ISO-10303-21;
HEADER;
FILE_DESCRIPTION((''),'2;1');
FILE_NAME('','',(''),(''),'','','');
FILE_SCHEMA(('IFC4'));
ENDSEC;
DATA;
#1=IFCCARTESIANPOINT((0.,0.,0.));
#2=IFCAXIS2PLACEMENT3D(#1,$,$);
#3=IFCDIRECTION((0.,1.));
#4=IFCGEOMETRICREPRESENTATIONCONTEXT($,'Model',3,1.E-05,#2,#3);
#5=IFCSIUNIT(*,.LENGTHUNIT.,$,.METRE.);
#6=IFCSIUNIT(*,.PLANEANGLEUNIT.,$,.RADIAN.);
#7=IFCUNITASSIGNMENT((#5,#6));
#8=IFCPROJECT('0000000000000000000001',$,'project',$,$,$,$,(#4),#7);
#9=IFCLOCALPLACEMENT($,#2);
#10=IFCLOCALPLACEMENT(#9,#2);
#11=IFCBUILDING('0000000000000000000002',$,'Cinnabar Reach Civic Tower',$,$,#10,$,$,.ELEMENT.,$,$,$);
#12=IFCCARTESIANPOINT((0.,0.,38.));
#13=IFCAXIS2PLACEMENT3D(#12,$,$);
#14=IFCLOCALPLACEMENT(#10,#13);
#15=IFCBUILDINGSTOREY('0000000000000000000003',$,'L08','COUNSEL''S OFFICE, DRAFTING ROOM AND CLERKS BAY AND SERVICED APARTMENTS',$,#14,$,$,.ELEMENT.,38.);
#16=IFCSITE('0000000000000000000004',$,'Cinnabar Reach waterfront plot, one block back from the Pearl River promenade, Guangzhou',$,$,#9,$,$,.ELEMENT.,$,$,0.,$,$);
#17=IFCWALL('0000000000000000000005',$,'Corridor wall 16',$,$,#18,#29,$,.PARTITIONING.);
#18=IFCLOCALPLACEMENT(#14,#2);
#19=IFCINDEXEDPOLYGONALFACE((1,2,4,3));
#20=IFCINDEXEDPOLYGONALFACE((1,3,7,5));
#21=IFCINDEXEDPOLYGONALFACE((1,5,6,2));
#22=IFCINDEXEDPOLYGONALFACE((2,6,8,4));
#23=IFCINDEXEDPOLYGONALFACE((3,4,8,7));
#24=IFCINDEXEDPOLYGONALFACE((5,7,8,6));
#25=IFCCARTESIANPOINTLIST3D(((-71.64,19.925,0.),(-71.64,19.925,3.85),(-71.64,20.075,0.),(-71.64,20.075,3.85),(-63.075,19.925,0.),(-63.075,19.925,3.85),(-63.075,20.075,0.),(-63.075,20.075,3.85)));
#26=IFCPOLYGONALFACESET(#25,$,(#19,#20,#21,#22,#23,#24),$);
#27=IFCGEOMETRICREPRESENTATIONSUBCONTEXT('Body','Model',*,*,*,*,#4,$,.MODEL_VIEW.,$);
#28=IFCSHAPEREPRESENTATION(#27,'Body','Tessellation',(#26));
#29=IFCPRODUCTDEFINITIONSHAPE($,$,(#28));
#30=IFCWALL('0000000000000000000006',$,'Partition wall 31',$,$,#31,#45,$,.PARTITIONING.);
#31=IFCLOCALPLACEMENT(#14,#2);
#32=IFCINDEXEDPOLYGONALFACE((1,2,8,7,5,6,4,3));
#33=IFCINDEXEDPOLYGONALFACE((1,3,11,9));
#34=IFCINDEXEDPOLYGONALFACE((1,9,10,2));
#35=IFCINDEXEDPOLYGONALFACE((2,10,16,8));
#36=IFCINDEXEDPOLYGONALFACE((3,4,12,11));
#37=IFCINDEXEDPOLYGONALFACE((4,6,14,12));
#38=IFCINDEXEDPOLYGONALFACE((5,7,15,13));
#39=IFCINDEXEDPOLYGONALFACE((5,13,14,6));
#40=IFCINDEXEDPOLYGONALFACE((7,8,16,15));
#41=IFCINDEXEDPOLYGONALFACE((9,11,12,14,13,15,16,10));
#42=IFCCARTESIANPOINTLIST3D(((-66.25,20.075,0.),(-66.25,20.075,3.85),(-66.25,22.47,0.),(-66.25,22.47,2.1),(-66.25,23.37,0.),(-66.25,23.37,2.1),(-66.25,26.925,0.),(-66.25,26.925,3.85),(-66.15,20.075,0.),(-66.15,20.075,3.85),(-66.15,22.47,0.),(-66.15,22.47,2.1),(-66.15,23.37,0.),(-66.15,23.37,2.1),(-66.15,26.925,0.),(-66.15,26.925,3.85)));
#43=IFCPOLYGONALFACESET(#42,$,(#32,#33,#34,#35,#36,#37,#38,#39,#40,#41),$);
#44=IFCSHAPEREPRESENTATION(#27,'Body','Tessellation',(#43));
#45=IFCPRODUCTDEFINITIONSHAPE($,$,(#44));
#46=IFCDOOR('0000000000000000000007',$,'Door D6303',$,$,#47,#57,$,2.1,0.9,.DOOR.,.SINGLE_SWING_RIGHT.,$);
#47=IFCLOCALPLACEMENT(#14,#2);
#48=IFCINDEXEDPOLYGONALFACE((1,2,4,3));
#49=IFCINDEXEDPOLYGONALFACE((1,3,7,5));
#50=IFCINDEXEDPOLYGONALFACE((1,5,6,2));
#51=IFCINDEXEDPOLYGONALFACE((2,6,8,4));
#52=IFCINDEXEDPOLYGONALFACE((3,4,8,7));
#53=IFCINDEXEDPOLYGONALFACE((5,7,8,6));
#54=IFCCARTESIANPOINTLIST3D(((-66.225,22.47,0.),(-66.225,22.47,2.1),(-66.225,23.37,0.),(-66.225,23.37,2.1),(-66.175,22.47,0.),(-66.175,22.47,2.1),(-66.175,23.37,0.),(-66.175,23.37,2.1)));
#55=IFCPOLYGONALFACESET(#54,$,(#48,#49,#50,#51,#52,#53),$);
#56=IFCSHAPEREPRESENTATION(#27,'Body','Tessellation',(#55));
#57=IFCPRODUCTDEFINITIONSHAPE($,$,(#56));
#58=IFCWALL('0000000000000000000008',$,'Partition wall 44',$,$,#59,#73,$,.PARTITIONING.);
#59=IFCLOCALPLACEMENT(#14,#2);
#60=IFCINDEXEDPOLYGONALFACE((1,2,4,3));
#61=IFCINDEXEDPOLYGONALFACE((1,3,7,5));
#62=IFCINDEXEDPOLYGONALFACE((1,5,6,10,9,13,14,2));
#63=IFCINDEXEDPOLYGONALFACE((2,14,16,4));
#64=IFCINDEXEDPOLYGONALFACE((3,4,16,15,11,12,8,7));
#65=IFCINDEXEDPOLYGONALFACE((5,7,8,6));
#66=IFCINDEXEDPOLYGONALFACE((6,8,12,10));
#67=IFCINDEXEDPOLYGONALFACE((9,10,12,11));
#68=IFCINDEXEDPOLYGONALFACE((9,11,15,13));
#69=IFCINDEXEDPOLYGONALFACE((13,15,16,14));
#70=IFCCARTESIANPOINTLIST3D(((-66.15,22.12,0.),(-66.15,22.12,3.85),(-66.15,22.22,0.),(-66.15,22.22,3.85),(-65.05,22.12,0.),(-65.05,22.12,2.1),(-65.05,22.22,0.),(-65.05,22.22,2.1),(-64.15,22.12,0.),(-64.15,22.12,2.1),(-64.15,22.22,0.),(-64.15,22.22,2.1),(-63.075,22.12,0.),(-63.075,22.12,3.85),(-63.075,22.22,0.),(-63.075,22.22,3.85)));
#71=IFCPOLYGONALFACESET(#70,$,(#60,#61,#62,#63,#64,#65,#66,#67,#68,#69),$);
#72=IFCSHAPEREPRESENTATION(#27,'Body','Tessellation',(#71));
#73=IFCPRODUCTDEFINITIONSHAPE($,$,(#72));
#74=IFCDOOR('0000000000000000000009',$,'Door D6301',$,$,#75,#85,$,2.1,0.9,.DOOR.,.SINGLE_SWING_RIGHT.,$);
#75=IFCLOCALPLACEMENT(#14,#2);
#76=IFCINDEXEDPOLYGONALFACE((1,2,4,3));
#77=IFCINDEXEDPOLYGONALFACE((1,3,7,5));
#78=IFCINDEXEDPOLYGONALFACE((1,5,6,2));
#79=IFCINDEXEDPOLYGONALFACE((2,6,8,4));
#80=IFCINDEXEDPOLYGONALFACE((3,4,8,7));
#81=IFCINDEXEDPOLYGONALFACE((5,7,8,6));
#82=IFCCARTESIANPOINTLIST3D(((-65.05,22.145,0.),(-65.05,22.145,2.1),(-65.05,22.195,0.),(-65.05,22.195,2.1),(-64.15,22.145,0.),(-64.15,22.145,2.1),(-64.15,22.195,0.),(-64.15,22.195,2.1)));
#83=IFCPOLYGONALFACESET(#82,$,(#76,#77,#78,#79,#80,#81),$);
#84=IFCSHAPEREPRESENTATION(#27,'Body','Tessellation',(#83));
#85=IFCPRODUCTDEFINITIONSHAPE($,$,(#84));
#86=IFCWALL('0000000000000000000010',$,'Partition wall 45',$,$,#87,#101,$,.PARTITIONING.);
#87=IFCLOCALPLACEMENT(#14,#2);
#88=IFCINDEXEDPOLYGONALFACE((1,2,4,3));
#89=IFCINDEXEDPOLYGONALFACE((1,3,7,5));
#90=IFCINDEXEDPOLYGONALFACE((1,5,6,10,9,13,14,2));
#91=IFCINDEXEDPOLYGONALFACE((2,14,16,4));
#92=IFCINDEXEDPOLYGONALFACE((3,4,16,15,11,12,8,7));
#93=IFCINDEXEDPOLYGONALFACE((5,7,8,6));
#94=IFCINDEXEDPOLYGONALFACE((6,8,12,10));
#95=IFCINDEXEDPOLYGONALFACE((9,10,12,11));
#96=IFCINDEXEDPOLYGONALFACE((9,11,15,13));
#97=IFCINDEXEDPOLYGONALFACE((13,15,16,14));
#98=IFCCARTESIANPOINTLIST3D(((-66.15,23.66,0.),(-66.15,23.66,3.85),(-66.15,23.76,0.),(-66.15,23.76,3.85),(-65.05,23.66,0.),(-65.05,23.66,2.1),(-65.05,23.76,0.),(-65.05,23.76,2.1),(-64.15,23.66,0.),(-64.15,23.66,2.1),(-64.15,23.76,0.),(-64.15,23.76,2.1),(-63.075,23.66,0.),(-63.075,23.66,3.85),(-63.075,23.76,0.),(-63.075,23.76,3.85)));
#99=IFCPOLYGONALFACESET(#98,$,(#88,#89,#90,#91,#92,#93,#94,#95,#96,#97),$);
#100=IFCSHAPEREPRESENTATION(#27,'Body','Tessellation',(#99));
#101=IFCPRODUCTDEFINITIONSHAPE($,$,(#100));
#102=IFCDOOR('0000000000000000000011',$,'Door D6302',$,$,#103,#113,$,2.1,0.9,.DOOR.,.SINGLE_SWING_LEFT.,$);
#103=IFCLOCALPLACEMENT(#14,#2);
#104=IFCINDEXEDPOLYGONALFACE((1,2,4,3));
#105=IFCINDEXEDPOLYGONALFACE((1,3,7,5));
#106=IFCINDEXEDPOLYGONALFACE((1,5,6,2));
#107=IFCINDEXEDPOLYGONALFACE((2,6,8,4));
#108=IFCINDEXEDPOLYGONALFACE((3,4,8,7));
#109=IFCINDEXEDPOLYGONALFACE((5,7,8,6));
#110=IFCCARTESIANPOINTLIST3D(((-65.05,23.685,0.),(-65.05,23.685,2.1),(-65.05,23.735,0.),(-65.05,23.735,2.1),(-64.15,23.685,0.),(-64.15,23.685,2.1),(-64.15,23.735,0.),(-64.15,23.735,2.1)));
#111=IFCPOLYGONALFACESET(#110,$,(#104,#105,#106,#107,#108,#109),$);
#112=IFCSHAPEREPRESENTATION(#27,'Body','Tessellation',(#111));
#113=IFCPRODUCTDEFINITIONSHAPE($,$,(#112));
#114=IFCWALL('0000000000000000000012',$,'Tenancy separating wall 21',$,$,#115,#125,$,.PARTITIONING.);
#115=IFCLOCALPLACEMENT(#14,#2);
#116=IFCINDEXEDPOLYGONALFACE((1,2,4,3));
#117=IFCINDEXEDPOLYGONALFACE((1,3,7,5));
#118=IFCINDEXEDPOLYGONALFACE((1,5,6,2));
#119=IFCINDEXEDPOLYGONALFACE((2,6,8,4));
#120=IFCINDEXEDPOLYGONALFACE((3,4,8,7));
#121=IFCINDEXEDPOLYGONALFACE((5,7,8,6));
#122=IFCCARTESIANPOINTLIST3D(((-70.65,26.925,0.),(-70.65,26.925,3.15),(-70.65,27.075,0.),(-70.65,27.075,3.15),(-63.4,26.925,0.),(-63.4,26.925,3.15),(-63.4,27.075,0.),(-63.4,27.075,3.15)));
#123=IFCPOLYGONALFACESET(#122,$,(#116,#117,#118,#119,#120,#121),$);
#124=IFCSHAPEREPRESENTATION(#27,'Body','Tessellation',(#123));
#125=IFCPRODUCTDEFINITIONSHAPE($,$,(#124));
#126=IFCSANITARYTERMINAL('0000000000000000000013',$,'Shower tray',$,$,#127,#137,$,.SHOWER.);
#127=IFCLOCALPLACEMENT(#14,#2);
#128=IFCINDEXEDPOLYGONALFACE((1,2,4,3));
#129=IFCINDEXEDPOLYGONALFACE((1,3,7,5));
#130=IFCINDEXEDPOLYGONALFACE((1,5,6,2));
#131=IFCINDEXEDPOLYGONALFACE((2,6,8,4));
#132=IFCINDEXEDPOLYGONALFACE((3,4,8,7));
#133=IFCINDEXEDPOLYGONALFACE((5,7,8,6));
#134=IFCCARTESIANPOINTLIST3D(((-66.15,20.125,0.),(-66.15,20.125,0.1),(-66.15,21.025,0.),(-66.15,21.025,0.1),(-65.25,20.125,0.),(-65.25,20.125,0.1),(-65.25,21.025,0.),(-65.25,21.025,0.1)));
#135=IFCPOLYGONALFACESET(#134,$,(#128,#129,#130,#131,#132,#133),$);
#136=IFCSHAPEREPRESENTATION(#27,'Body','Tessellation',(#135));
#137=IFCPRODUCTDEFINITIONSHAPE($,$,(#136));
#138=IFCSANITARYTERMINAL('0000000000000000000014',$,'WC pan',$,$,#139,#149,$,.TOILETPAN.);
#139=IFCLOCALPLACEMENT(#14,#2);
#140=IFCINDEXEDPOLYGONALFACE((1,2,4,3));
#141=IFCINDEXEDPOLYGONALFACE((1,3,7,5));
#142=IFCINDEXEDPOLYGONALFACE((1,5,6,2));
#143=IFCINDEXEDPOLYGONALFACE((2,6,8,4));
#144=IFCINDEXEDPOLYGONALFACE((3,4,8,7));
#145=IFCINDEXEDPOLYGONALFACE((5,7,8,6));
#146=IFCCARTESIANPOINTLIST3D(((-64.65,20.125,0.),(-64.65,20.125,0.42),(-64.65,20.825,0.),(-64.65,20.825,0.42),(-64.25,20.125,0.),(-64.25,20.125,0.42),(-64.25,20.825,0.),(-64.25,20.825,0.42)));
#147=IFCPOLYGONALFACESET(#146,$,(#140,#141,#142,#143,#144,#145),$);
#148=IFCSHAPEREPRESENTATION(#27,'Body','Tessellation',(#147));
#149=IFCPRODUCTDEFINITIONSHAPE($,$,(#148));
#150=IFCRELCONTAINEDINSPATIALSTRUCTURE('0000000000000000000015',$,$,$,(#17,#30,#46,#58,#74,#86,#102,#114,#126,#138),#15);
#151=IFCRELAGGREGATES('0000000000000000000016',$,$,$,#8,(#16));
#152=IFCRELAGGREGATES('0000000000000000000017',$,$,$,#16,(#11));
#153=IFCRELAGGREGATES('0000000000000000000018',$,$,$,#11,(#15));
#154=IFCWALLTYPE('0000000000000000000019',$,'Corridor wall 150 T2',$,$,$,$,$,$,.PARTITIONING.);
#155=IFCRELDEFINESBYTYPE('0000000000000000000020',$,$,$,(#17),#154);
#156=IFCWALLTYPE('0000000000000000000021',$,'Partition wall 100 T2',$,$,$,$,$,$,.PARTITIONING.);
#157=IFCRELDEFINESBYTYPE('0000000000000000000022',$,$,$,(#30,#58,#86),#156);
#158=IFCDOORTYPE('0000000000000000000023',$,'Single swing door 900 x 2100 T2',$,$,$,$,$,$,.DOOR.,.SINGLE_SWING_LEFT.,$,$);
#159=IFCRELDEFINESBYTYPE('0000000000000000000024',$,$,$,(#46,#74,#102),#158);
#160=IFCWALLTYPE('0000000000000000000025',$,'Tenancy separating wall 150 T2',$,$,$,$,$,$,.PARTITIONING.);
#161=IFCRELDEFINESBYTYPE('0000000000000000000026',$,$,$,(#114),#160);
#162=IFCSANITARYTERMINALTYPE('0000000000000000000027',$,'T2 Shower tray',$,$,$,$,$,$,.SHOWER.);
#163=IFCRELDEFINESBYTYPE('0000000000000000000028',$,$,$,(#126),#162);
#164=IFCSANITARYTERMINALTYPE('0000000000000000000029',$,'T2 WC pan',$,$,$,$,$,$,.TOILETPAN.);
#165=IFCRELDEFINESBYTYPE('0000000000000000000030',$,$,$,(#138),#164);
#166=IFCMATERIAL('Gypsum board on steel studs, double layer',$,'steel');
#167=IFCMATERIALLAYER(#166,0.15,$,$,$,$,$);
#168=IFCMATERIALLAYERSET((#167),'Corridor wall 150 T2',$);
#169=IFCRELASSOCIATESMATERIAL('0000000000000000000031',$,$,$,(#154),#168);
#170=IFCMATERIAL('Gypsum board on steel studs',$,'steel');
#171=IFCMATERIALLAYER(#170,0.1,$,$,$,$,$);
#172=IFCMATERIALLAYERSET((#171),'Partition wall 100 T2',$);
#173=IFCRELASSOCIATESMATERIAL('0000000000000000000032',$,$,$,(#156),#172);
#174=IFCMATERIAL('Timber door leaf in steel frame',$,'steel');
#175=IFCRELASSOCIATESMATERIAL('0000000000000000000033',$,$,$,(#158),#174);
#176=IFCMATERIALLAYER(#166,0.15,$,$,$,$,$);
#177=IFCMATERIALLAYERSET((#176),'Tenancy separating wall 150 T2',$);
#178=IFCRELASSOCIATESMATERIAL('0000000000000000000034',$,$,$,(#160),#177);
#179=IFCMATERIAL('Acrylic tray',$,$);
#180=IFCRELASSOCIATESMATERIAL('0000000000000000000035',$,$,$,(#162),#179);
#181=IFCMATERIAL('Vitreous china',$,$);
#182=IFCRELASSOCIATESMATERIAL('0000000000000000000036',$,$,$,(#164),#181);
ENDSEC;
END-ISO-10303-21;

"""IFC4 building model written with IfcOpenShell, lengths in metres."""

from ifc_helpers import new_model, si_unit, direction, frame, frame_2d, origin, origin_2d, place, context, subcontext, project, spatial, rectangle, extrude, material, layer, layer_set, type_object, element, fill, save


model = new_model("IFC4")

# Units and contexts
model_context = context("Model", 3, precision=1e-05, world=origin(), true_north=direction((0.0, 1.0)))
body_context = subcontext(model_context, "Body", "Model", "MODEL_VIEW")
ifc_project = project(units=[si_unit("LENGTHUNIT", "METRE"), si_unit("PLANEANGLEUNIT", "RADIAN")], contexts=[model_context])

# Site, building, storey
site_placement = place(None, origin())
site = spatial("IfcSite", under=ifc_project, at=site_placement, Name="Cinnabar Reach waterfront plot, one block back from the Pearl River promenade, Guangzhou", CompositionType="ELEMENT", RefElevation=0.0)
building_placement = place(site_placement, origin())
building = spatial("IfcBuilding", under=site, at=building_placement, Name="Cinnabar Reach Civic Tower", CompositionType="ELEMENT")
storey_placement = place(building_placement, frame((0.0, 0.0, 38.0)))
storey = spatial("IfcBuildingStorey", under=building, at=storey_placement, Name="L08", Description="COUNSEL'S OFFICE, DRAFTING ROOM AND CLERKS BAY AND SERVICED APARTMENTS", CompositionType="ELEMENT", Elevation=38.0)

# Shared definitions
ifc_material_1 = material(Name="Gypsum board on steel studs, double layer", Category="steel")
ifc_layer_1 = layer(ifc_material_1, 0.15)
ifc_layer_set_1 = layer_set([ifc_layer_1], Name="Corridor wall 150 T2")
wall_type_1 = type_object("IfcWallType", Name="Corridor wall 150 T2", PredefinedType="PARTITIONING", material=ifc_layer_set_1)

# Shared definitions
ifc_material_2 = material(Name="Timber door leaf in steel frame", Category="steel")

# Wall
wall_1_placement = place(storey_placement, frame((-71.64, 20.0, 0.0), z_axis=(0.0, 0.0, 1.0), x_axis=(1.0, 0.0, 0.0)))
element("IfcWall", 1, at=wall_1_placement, inside=storey, type_object=wall_type_1, Name="Corridor wall 16", PredefinedType="PARTITIONING", context=body_context, shape_type="SweptSolid", body=[
    extrude(rectangle(XDim=8.565, YDim=0.15, at=frame_2d((4.2825, 0.0))), origin(), (0.0, 0.0, 1.0), 3.85),
])

# Walls, openings, doors
ifc_material_3 = material(Name="Gypsum board on steel studs", Category="steel")
ifc_layer_2 = layer(ifc_material_3, 0.1)
ifc_layer_set_2 = layer_set([ifc_layer_2], Name="Partition wall 100 T2")
wall_type_2 = type_object("IfcWallType", Name="Partition wall 100 T2", PredefinedType="PARTITIONING", material=ifc_layer_set_2)
wall_2_placement = place(storey_placement, frame((-66.2, 20.075, 0.0), z_axis=(0.0, 0.0, 1.0), x_axis=(0.0, 1.0, 0.0)))
wall_2 = element("IfcWall", 2, at=wall_2_placement, inside=storey, type_object=wall_type_2, Name="Partition wall 31", PredefinedType="PARTITIONING", context=body_context, shape_type="SweptSolid", body=[
    extrude(rectangle(XDim=6.85, YDim=0.1, at=frame_2d((3.425, 0.0))), origin(), (0.0, 0.0, 1.0), 3.85),
])
opening_1_placement = place(wall_2_placement, frame((2.395, 0.0, 0.0)))
opening_1 = element("IfcOpeningElement", 3, at=opening_1_placement, cuts=wall_2, PredefinedType="OPENING", context=body_context, shape_type="SweptSolid", body=[
    extrude(rectangle(XDim=0.9, YDim=2.1, at=frame_2d((0.45, 1.05))), frame((0.0, 0.06, 0.0), z_axis=(0.0, -1.0, 0.0), x_axis=(1.0, 0.0, 0.0)), (0.0, 0.0, 1.0), 0.12),
])
door_type_1 = type_object("IfcDoorType", Name="Single swing door 900 x 2100 T2", OperationType="SINGLE_SWING_LEFT", PredefinedType="DOOR", material=ifc_material_2)
door_1_placement = place(opening_1_placement, frame((0.9, 0.0, 0.0), z_axis=(0.0, 0.0, 1.0), x_axis=(-1.0, 0.0, 0.0)))
door_1 = element("IfcDoor", 4, at=door_1_placement, inside=storey, type_object=door_type_1, Name="Door D6303", OperationType="SINGLE_SWING_RIGHT", OverallHeight=2.1, OverallWidth=0.9, PredefinedType="DOOR", context=body_context, shape_type="SweptSolid", body=[
    extrude(rectangle(XDim=0.9, YDim=2.1, at=frame_2d((0.45, 1.05))), frame((0.0, 0.025, 0.0), z_axis=(0.0, -1.0, 0.0), x_axis=(1.0, 0.0, 0.0)), (0.0, 0.0, 1.0), 0.05),
])
fill(opening_1, door_1)
wall_3_placement = place(storey_placement, frame((-66.15, 22.17, 0.0), z_axis=(0.0, 0.0, 1.0), x_axis=(1.0, 0.0, 0.0)))
wall_3 = element("IfcWall", 5, at=wall_3_placement, inside=storey, type_object=wall_type_2, Name="Partition wall 44", PredefinedType="PARTITIONING", context=body_context, shape_type="SweptSolid", body=[
    extrude(rectangle(XDim=3.075, YDim=0.1, at=frame_2d((1.5375, 0.0))), origin(), (0.0, 0.0, 1.0), 3.85),
])
opening_2_placement = place(wall_3_placement, frame((1.1, 0.0, 0.0)))
opening_2 = element("IfcOpeningElement", 6, at=opening_2_placement, cuts=wall_3, PredefinedType="OPENING", context=body_context, shape_type="SweptSolid", body=[
    extrude(rectangle(XDim=0.9, YDim=2.1, at=frame_2d((0.45, 1.05))), frame((0.0, 0.06, 0.0), z_axis=(0.0, -1.0, 0.0), x_axis=(1.0, 0.0, 0.0)), (0.0, 0.0, 1.0), 0.12),
])
door_2_placement = place(opening_2_placement, frame((0.9, 0.0, 0.0), z_axis=(0.0, 0.0, 1.0), x_axis=(-1.0, 0.0, 0.0)))
door_2 = element("IfcDoor", 7, at=door_2_placement, inside=storey, type_object=door_type_1, Name="Door D6301", OperationType="SINGLE_SWING_RIGHT", OverallHeight=2.1, OverallWidth=0.9, PredefinedType="DOOR", context=body_context, shape_type="SweptSolid", body=[
    extrude(rectangle(XDim=0.9, YDim=2.1, at=frame_2d((0.45, 1.05))), frame((0.0, 0.025, 0.0), z_axis=(0.0, -1.0, 0.0), x_axis=(1.0, 0.0, 0.0)), (0.0, 0.0, 1.0), 0.05),
])
fill(opening_2, door_2)
wall_4_placement = place(storey_placement, frame((-66.15, 23.71, 0.0), z_axis=(0.0, 0.0, 1.0), x_axis=(1.0, 0.0, 0.0)))
wall_4 = element("IfcWall", 8, at=wall_4_placement, inside=storey, type_object=wall_type_2, Name="Partition wall 45", PredefinedType="PARTITIONING", context=body_context, shape_type="SweptSolid", body=[
    extrude(rectangle(XDim=3.075, YDim=0.1, at=frame_2d((1.5375, 0.0))), origin(), (0.0, 0.0, 1.0), 3.85),
])
opening_3_placement = place(wall_4_placement, frame((1.1, 0.0, 0.0)))
opening_3 = element("IfcOpeningElement", 9, at=opening_3_placement, cuts=wall_4, PredefinedType="OPENING", context=body_context, shape_type="SweptSolid", body=[
    extrude(rectangle(XDim=0.9, YDim=2.1, at=frame_2d((0.45, 1.05))), frame((0.0, 0.06, 0.0), z_axis=(0.0, -1.0, 0.0), x_axis=(1.0, 0.0, 0.0)), (0.0, 0.0, 1.0), 0.12),
])
door_3_placement = place(opening_3_placement, frame((0.9, 0.0, 0.0), z_axis=(0.0, 0.0, 1.0), x_axis=(-1.0, 0.0, 0.0)))
door_3 = element("IfcDoor", 10, at=door_3_placement, inside=storey, type_object=door_type_1, Name="Door D6302", OperationType="SINGLE_SWING_LEFT", OverallHeight=2.1, OverallWidth=0.9, PredefinedType="DOOR", context=body_context, shape_type="SweptSolid", body=[
    extrude(rectangle(XDim=0.9, YDim=2.1, at=frame_2d((0.45, 1.05))), frame((0.0, 0.025, 0.0), z_axis=(0.0, -1.0, 0.0), x_axis=(1.0, 0.0, 0.0)), (0.0, 0.0, 1.0), 0.05),
])
fill(opening_3, door_3)

# Wall
ifc_layer_3 = layer(ifc_material_1, 0.15)
ifc_layer_set_3 = layer_set([ifc_layer_3], Name="Tenancy separating wall 150 T2")
wall_type_3 = type_object("IfcWallType", Name="Tenancy separating wall 150 T2", PredefinedType="PARTITIONING", material=ifc_layer_set_3)
wall_5_placement = place(storey_placement, frame((-70.65, 27.0, 0.0), z_axis=(0.0, 0.0, 1.0), x_axis=(1.0, 0.0, 0.0)))
element("IfcWall", 11, at=wall_5_placement, inside=storey, type_object=wall_type_3, Name="Tenancy separating wall 21", PredefinedType="PARTITIONING", context=body_context, shape_type="SweptSolid", body=[
    extrude(rectangle(XDim=7.25, YDim=0.15, at=frame_2d((3.625, 0.0))), origin(), (0.0, 0.0, 1.0), 3.15),
])

# Sanitary terminals
ifc_material_4 = material(Name="Acrylic tray")
sanitary_terminal_type_1 = type_object("IfcSanitaryTerminalType", Name="T2 Shower tray", PredefinedType="SHOWER", material=ifc_material_4)
sanitary_terminal_1_placement = place(storey_placement, frame((-65.7, 20.575, 0.0), z_axis=(0.0, 0.0, 1.0), x_axis=(1.0, 0.0, 0.0)))
element("IfcSanitaryTerminal", 12, at=sanitary_terminal_1_placement, inside=storey, type_object=sanitary_terminal_type_1, Name="Shower tray", PredefinedType="SHOWER", context=body_context, shape_type="SweptSolid", body=[
    extrude(rectangle(XDim=0.9, YDim=0.9, at=origin_2d()), origin(), (0.0, 0.0, 1.0), 0.1),
])
ifc_material_5 = material(Name="Vitreous china")
sanitary_terminal_type_2 = type_object("IfcSanitaryTerminalType", Name="T2 WC pan", PredefinedType="TOILETPAN", material=ifc_material_5)
sanitary_terminal_2_placement = place(storey_placement, frame((-64.45, 20.475, 0.0), z_axis=(0.0, 0.0, 1.0), x_axis=(1.0, 0.0, 0.0)))
element("IfcSanitaryTerminal", 13, at=sanitary_terminal_2_placement, inside=storey, type_object=sanitary_terminal_type_2, Name="WC pan", PredefinedType="TOILETPAN", context=body_context, shape_type="SweptSolid", body=[
    extrude(rectangle(XDim=0.4, YDim=0.7, at=origin_2d()), origin(), (0.0, 0.0, 1.0), 0.42),
])

save(model, "model.ifc")
